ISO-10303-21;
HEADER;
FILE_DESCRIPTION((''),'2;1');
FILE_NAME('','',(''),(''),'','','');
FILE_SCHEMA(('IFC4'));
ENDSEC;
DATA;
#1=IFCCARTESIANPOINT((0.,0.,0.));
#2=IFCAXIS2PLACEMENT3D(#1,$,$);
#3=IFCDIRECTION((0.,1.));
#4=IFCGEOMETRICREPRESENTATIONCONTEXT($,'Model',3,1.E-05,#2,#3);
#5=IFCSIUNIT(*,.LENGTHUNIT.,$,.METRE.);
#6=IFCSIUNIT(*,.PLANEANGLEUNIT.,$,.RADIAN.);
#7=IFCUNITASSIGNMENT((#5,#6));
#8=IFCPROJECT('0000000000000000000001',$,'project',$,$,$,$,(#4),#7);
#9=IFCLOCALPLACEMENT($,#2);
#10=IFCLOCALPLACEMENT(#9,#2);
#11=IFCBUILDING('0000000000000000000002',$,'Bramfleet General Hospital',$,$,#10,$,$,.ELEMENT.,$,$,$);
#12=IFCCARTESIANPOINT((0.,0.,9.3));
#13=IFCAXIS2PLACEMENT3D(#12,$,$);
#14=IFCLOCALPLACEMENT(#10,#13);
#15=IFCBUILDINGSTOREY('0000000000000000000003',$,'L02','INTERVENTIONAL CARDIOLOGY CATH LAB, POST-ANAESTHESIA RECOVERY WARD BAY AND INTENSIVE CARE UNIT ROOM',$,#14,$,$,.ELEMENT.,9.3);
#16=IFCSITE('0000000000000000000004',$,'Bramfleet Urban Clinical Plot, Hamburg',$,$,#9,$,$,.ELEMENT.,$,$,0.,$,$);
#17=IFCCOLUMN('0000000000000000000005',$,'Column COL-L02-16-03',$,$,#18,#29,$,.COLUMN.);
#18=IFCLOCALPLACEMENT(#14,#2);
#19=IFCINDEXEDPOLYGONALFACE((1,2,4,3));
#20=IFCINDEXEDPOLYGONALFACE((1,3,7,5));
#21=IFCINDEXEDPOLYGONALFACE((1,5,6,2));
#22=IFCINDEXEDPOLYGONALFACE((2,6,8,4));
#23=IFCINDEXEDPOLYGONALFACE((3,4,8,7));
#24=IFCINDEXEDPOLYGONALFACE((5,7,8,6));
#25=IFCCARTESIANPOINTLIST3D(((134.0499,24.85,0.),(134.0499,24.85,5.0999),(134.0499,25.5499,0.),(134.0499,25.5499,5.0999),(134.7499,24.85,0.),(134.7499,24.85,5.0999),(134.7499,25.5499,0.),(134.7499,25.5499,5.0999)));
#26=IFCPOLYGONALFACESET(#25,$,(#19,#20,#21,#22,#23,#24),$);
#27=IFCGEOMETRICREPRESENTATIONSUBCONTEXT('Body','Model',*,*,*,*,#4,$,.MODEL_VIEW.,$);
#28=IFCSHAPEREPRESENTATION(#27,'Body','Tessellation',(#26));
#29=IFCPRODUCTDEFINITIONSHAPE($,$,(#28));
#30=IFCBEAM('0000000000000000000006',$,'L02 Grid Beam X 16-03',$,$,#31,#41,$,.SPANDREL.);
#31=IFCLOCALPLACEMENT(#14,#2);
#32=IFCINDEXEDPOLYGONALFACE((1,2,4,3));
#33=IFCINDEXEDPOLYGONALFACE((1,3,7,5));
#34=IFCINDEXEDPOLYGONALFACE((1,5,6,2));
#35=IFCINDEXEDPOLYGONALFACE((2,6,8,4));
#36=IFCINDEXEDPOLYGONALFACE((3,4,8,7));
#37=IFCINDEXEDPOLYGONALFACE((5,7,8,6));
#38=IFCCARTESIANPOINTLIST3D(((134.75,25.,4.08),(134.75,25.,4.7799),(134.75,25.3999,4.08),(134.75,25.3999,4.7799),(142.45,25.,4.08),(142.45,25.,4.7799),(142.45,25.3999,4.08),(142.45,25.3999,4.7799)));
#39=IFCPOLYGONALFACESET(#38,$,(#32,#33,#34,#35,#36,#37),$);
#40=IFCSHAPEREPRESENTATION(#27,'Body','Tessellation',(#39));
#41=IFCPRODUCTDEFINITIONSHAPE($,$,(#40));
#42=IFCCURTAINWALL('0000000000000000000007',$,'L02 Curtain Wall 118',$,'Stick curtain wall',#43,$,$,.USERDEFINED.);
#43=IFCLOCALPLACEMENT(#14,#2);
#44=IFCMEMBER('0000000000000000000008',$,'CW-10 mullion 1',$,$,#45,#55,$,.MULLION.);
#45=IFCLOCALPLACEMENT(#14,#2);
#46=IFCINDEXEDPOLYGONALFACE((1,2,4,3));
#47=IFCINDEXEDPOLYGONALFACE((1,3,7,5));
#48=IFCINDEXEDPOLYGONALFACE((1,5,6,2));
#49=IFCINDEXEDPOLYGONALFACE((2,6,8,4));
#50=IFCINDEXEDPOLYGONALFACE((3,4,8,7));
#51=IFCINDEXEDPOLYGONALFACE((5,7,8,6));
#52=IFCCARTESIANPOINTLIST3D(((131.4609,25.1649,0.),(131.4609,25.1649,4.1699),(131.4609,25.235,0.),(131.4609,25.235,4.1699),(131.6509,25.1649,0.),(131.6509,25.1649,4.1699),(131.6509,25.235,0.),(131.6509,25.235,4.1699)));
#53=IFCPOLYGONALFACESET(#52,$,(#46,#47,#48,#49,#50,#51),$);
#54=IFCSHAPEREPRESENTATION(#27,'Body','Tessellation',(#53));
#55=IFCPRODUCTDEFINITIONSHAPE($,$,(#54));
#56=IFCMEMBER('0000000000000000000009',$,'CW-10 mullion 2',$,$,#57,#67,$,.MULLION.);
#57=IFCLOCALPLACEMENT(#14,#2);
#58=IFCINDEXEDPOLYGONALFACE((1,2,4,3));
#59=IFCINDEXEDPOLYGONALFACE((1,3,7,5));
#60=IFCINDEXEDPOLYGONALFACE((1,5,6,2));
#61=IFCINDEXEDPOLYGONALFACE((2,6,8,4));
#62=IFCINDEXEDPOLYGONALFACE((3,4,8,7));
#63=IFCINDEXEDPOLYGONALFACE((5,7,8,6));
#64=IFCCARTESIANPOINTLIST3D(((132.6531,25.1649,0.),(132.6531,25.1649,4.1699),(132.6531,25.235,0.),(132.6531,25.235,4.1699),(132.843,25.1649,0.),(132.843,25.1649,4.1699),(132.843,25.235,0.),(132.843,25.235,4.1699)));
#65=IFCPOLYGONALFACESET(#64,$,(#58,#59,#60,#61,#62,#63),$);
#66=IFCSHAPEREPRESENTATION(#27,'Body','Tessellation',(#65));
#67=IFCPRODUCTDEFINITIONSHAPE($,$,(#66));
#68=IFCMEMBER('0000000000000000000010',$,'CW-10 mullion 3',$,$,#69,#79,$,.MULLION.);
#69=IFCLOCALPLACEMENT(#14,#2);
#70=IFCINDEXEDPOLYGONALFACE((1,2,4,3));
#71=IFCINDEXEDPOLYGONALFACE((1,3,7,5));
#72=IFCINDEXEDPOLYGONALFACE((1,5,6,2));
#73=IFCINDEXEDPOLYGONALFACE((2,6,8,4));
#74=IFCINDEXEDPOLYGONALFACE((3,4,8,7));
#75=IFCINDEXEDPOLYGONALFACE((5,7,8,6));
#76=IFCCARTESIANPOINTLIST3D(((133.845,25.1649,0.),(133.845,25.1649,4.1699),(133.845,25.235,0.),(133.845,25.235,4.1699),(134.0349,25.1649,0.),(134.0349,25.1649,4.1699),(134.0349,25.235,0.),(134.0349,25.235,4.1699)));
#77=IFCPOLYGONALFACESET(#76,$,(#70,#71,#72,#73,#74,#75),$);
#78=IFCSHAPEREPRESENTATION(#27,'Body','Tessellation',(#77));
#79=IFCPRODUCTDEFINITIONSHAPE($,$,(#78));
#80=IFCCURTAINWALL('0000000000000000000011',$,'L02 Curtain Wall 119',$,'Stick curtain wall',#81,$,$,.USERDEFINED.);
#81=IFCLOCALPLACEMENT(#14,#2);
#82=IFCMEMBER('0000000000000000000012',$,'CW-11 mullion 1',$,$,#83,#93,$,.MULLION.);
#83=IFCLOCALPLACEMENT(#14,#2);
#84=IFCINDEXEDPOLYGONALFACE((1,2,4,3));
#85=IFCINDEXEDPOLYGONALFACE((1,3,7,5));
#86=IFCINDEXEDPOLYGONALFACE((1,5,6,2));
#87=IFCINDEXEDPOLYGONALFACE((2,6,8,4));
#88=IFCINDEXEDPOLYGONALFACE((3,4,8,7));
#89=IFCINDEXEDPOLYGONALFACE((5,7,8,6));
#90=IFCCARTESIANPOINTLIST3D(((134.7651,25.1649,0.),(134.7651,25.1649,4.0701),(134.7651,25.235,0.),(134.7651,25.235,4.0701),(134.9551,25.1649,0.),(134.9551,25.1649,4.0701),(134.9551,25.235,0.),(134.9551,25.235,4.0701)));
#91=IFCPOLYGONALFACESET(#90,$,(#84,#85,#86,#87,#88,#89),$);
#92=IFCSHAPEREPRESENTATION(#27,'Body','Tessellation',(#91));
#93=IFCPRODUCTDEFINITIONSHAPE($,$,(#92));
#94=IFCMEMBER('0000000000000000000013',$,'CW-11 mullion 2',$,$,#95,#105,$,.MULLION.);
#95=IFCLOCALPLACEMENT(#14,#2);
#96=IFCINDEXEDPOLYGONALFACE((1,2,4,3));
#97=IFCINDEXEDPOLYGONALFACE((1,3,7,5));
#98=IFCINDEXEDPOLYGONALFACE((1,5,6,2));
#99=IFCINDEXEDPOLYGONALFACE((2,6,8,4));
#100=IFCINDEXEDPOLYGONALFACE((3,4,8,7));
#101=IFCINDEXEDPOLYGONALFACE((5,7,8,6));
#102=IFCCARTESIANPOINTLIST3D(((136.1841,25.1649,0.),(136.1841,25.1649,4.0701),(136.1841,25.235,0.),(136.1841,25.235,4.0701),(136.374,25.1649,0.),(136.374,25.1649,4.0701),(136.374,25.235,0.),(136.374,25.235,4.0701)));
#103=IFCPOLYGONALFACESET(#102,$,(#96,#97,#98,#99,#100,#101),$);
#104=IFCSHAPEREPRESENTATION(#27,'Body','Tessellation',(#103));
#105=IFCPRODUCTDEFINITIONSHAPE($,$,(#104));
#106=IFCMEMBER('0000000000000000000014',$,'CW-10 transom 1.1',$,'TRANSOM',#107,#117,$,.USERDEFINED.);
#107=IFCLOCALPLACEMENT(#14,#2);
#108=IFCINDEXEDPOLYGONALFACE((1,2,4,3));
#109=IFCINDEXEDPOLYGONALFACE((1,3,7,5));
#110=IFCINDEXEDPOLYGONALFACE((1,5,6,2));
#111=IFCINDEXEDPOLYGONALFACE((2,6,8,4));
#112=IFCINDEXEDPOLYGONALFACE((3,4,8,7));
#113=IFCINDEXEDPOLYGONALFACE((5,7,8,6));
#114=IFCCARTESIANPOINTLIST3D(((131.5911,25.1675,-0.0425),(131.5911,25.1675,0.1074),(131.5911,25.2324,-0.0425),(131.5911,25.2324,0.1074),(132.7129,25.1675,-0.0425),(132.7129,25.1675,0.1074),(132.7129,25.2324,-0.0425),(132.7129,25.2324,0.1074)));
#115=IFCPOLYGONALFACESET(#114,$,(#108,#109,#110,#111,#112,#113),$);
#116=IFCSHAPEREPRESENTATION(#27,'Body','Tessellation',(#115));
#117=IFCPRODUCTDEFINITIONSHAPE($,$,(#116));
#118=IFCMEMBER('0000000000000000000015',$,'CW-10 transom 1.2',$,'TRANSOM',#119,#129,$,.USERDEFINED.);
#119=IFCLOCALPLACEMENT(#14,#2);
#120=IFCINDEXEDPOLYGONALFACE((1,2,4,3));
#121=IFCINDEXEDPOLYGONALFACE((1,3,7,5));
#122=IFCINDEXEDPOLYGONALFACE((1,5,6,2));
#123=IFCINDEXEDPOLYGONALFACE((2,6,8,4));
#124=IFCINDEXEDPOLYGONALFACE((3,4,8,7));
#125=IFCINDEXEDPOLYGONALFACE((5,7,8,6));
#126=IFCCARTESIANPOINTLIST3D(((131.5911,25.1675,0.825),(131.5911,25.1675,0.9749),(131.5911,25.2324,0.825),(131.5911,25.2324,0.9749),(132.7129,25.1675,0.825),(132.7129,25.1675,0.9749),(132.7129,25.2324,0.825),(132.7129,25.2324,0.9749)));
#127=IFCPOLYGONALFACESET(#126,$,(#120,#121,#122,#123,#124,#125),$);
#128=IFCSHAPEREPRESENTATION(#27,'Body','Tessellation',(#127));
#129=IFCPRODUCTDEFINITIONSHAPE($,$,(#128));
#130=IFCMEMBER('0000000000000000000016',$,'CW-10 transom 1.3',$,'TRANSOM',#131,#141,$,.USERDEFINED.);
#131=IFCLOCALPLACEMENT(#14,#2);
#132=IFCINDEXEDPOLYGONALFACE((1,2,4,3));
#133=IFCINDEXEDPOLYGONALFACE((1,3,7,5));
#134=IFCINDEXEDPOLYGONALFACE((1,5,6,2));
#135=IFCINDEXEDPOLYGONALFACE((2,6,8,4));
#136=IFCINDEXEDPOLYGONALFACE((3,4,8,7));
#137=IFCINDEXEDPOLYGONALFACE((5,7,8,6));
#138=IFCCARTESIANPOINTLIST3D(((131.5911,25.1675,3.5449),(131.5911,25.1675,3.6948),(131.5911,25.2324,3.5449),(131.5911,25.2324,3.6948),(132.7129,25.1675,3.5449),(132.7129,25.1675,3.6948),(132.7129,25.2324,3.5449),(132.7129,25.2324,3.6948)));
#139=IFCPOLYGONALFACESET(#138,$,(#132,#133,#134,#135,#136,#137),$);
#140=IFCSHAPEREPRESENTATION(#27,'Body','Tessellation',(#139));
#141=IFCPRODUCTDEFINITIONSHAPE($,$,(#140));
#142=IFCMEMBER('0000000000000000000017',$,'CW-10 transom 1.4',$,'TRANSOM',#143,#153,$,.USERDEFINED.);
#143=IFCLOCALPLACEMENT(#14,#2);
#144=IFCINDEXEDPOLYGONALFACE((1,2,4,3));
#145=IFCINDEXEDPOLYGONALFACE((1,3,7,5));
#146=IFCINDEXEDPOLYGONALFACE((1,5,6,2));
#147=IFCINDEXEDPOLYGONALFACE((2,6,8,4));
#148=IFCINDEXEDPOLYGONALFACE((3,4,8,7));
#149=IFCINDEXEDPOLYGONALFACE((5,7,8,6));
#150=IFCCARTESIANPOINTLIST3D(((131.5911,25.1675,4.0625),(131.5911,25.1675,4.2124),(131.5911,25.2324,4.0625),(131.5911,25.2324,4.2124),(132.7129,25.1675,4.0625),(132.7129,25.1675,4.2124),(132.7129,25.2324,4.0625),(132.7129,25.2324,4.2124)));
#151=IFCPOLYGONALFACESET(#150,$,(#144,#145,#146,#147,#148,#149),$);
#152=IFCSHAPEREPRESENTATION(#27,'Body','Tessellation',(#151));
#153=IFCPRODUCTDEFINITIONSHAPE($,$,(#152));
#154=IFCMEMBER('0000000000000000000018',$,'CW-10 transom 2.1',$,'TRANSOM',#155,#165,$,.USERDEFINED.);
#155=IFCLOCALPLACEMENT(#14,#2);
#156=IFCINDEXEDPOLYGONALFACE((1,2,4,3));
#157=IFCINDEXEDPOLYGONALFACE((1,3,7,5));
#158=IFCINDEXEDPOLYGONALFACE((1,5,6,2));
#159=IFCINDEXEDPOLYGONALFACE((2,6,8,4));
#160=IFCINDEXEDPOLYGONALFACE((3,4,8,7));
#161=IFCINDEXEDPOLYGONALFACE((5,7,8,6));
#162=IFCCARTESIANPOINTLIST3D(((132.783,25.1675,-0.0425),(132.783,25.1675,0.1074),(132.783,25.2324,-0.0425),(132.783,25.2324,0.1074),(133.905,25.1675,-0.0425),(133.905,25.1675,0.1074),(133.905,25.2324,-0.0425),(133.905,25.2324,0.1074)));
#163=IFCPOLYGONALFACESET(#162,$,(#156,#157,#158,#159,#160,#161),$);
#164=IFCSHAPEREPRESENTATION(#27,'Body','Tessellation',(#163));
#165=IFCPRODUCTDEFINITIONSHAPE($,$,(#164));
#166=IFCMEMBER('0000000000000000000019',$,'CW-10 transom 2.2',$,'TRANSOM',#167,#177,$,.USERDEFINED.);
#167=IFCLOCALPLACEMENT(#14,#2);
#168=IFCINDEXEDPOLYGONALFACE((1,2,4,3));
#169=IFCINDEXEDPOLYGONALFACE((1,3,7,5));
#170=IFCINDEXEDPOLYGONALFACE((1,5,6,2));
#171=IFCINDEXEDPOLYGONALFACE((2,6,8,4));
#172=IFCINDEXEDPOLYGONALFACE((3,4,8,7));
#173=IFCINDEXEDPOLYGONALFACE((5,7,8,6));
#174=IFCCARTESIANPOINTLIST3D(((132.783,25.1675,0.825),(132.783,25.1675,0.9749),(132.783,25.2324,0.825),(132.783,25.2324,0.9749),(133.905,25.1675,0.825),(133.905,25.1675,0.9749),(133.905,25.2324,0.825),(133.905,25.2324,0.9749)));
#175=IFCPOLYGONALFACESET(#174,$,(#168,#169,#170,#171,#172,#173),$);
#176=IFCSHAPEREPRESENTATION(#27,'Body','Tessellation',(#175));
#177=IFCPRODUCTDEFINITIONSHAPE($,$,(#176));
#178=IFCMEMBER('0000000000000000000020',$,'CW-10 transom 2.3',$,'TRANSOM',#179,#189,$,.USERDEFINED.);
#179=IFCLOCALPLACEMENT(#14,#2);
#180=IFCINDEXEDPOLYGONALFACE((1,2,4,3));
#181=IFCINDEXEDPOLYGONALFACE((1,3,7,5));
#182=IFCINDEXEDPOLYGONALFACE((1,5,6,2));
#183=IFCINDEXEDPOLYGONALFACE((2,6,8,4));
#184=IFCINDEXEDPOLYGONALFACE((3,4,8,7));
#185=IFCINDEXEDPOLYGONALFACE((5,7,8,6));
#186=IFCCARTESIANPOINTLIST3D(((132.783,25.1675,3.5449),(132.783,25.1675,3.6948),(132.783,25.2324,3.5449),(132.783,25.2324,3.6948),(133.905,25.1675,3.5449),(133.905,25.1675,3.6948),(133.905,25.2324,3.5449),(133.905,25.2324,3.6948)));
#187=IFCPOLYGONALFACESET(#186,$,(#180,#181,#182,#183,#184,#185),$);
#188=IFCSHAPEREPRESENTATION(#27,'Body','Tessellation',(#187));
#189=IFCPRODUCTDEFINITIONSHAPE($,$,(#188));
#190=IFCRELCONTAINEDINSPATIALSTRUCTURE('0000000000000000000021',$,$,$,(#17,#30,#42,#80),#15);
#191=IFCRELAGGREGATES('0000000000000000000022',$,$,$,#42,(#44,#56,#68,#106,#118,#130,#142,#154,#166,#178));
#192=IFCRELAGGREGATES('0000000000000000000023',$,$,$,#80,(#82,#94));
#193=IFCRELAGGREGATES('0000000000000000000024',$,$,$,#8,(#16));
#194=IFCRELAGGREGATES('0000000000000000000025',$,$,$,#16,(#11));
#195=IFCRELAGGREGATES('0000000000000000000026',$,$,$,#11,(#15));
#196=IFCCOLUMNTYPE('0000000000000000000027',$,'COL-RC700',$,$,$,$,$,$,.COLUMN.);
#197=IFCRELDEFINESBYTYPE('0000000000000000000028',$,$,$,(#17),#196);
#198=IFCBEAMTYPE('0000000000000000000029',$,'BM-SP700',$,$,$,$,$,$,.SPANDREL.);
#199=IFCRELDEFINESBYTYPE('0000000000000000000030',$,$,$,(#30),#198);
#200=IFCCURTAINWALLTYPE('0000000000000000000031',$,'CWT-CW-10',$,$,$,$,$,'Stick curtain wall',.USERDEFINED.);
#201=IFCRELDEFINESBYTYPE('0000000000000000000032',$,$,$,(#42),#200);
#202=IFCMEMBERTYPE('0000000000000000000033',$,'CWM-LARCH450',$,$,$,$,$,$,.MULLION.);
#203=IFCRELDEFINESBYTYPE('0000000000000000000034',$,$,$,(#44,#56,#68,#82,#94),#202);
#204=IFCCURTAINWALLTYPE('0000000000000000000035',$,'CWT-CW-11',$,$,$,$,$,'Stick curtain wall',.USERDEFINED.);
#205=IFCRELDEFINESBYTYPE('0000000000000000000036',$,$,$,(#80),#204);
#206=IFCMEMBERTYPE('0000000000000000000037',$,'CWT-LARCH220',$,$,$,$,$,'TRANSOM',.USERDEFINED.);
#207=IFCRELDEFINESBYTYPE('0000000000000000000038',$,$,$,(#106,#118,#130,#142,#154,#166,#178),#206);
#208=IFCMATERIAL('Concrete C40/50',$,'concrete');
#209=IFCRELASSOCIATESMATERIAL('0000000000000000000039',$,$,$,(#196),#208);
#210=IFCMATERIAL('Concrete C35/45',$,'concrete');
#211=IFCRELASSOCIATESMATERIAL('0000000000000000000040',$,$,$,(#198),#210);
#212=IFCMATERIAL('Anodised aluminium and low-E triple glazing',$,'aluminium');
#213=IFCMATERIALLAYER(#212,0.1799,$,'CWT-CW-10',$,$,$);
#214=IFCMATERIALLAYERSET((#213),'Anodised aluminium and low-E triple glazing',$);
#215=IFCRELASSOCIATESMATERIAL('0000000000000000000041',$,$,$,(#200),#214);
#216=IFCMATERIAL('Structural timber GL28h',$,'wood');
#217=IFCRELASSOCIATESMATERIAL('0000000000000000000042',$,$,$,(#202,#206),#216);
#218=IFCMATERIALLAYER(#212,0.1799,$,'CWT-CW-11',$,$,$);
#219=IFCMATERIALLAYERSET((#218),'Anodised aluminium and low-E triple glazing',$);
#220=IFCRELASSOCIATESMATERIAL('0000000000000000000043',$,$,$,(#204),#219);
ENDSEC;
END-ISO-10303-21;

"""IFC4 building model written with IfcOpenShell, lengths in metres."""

from ifc_helpers import new_model, si_unit, direction, frame, origin, origin_2d, place, context, subcontext, project, spatial, rectangle, extrude, material, layer, layer_set, material_profile, profile_set, type_object, element, aggregate, save


model = new_model("IFC4")

# Units and contexts
model_context = context("Model", 3, precision=1e-05, world=origin(), true_north=direction((0.0, 1.0)))
body_context = subcontext(model_context, "Body", "Model", "MODEL_VIEW")
ifc_project = project(units=[si_unit("LENGTHUNIT", "METRE"), si_unit("PLANEANGLEUNIT", "RADIAN")], contexts=[model_context])

# Site, building, storey
site_placement = place(None, origin())
site = spatial("IfcSite", under=ifc_project, at=site_placement, Name="Bramfleet Urban Clinical Plot, Hamburg", CompositionType="ELEMENT", RefElevation=0.0)
building_placement = place(site_placement, origin())
building = spatial("IfcBuilding", under=site, at=building_placement, Name="Bramfleet General Hospital", CompositionType="ELEMENT")
storey_placement = place(building_placement, frame((0.0, 0.0, 9.3)))
storey = spatial("IfcBuildingStorey", under=building, at=storey_placement, Name="L02", Description="INTERVENTIONAL CARDIOLOGY CATH LAB, POST-ANAESTHESIA RECOVERY WARD BAY AND INTENSIVE CARE UNIT ROOM", CompositionType="ELEMENT", Elevation=9.3)

# Column
ifc_material_1 = material(Name="Concrete C40/50", Category="concrete")
ifc_material_profile_1 = material_profile(ifc_material_1, rectangle(XDim=0.7, YDim=0.7, at=origin_2d()), Name="RC COL 700x700")
ifc_profile_set_1 = profile_set([ifc_material_profile_1], Name="Concrete C40/50")
column_type = type_object("IfcColumnType", Name="COL-RC700", PredefinedType="COLUMN", material=ifc_profile_set_1)
column_placement = place(storey_placement, frame((134.3999, 25.2, 0.0), z_axis=(0.0, 0.0, 1.0), x_axis=(1.0, 0.0, 0.0)))
element("IfcColumn", 1, at=column_placement, inside=storey, type_object=column_type, Name="Column COL-L02-16-03", PredefinedType="COLUMN", context=body_context, shape_type="SweptSolid", body=[
    extrude(rectangle(XDim=0.7, YDim=0.7, at=origin_2d()), origin(), (0.0, 0.0, 1.0), 5.0999),
])

# Beam
ifc_material_2 = material(Name="Concrete C35/45", Category="concrete")
ifc_material_profile_2 = material_profile(ifc_material_2, rectangle(XDim=0.3999, YDim=0.7, at=origin_2d()), Name="RC SP 700x400")
ifc_profile_set_2 = profile_set([ifc_material_profile_2], Name="Concrete C35/45")
beam_type = type_object("IfcBeamType", Name="BM-SP700", PredefinedType="SPANDREL", material=ifc_profile_set_2)
beam_placement = place(storey_placement, frame((134.75, 25.2, 4.4299), z_axis=(1.0, 0.0, 0.0), x_axis=(0.0, 1.0, 0.0)))
element("IfcBeam", 2, at=beam_placement, inside=storey, type_object=beam_type, Name="L02 Grid Beam X 16-03", PredefinedType="SPANDREL", context=body_context, shape_type="SweptSolid", body=[
    extrude(rectangle(XDim=0.3999, YDim=0.7, at=origin_2d()), origin(), (0.0, 0.0, 1.0), 7.7),
])

# Curtain walls, members
ifc_material_3 = material(Name="Anodised aluminium and low-E triple glazing", Category="aluminium")
ifc_layer_1 = layer(ifc_material_3, 0.1799, Name="CWT-CW-10")
ifc_layer_set_1 = layer_set([ifc_layer_1], Name="Anodised aluminium and low-E triple glazing")
curtain_wall_type_1 = type_object("IfcCurtainWallType", Name="CWT-CW-10", ElementType="Stick curtain wall", PredefinedType="USERDEFINED", material=ifc_layer_set_1)
curtain_wall_1_placement = place(storey_placement, origin())
curtain_wall_1 = element("IfcCurtainWall", 3, at=curtain_wall_1_placement, inside=storey, type_object=curtain_wall_type_1, Name="L02 Curtain Wall 118", ObjectType="Stick curtain wall", PredefinedType="USERDEFINED")
ifc_material_4 = material(Name="Structural timber GL28h", Category="wood")
ifc_material_profile_3 = material_profile(ifc_material_4, rectangle(XDim=0.0701, YDim=0.1899, at=origin_2d()), Name="LARCH 190x70")
ifc_profile_set_3 = profile_set([ifc_material_profile_3], Name="Structural timber GL28h")
member_type_1 = type_object("IfcMemberType", Name="CWM-LARCH450", PredefinedType="MULLION", material=ifc_profile_set_3)
member_1_placement = place(storey_placement, frame((131.5559, 25.2, 0.0), z_axis=(0.0, 0.0, 1.0), x_axis=(0.0, 1.0, 0.0)))
member_1 = element("IfcMember", 4, at=member_1_placement, type_object=member_type_1, Name="CW-10 mullion 1", PredefinedType="MULLION", context=body_context, shape_type="SweptSolid", body=[
    extrude(rectangle(XDim=0.0701, YDim=0.1899, at=origin_2d()), origin(), (0.0, 0.0, 1.0), 4.1699),
])
member_2_placement = place(storey_placement, frame((132.748, 25.2, 0.0), z_axis=(0.0, 0.0, 1.0), x_axis=(0.0, 1.0, 0.0)))
member_2 = element("IfcMember", 5, at=member_2_placement, type_object=member_type_1, Name="CW-10 mullion 2", PredefinedType="MULLION", context=body_context, shape_type="SweptSolid", body=[
    extrude(rectangle(XDim=0.0701, YDim=0.1899, at=origin_2d()), origin(), (0.0, 0.0, 1.0), 4.1699),
])
member_3_placement = place(storey_placement, frame((133.9399, 25.2, 0.0), z_axis=(0.0, 0.0, 1.0), x_axis=(0.0, 1.0, 0.0)))
member_3 = element("IfcMember", 6, at=member_3_placement, type_object=member_type_1, Name="CW-10 mullion 3", PredefinedType="MULLION", context=body_context, shape_type="SweptSolid", body=[
    extrude(rectangle(XDim=0.0701, YDim=0.1899, at=origin_2d()), origin(), (0.0, 0.0, 1.0), 4.1699),
])
ifc_layer_2 = layer(ifc_material_3, 0.1799, Name="CWT-CW-11")
ifc_layer_set_2 = layer_set([ifc_layer_2], Name="Anodised aluminium and low-E triple glazing")
curtain_wall_type_2 = type_object("IfcCurtainWallType", Name="CWT-CW-11", ElementType="Stick curtain wall", PredefinedType="USERDEFINED", material=ifc_layer_set_2)
curtain_wall_2_placement = place(storey_placement, origin())
curtain_wall_2 = element("IfcCurtainWall", 7, at=curtain_wall_2_placement, inside=storey, type_object=curtain_wall_type_2, Name="L02 Curtain Wall 119", ObjectType="Stick curtain wall", PredefinedType="USERDEFINED")
member_4_placement = place(storey_placement, frame((134.8601, 25.2, 0.0), z_axis=(0.0, 0.0, 1.0), x_axis=(0.0, 1.0, 0.0)))
member_4 = element("IfcMember", 8, at=member_4_placement, type_object=member_type_1, Name="CW-11 mullion 1", PredefinedType="MULLION", context=body_context, shape_type="SweptSolid", body=[
    extrude(rectangle(XDim=0.0701, YDim=0.1899, at=origin_2d()), origin(), (0.0, 0.0, 1.0), 4.0701),
])
member_5_placement = place(storey_placement, frame((136.2791, 25.2, 0.0), z_axis=(0.0, 0.0, 1.0), x_axis=(0.0, 1.0, 0.0)))
member_5 = element("IfcMember", 9, at=member_5_placement, type_object=member_type_1, Name="CW-11 mullion 2", PredefinedType="MULLION", context=body_context, shape_type="SweptSolid", body=[
    extrude(rectangle(XDim=0.0701, YDim=0.1899, at=origin_2d()), origin(), (0.0, 0.0, 1.0), 4.0701),
])

# Members
ifc_material_profile_4 = material_profile(ifc_material_4, rectangle(XDim=0.0649, YDim=0.1499, at=origin_2d()), Name="LARCH 150x65")
ifc_profile_set_4 = profile_set([ifc_material_profile_4], Name="Structural timber GL28h")
member_type_2 = type_object("IfcMemberType", Name="CWT-LARCH220", ElementType="TRANSOM", PredefinedType="USERDEFINED", material=ifc_profile_set_4)
member_6_placement = place(storey_placement, frame((131.5911, 25.2, 0.0325), z_axis=(1.0, 0.0, 0.0), x_axis=(0.0, 1.0, 0.0)))
member_6 = element("IfcMember", 10, at=member_6_placement, type_object=member_type_2, Name="CW-10 transom 1.1", ObjectType="TRANSOM", PredefinedType="USERDEFINED", context=body_context, shape_type="SweptSolid", body=[
    extrude(rectangle(XDim=0.0649, YDim=0.1499, at=origin_2d()), origin(), (0.0, 0.0, 1.0), 1.1218),
])
member_7_placement = place(storey_placement, frame((131.5911, 25.2, 0.8999), z_axis=(1.0, 0.0, 0.0), x_axis=(0.0, 1.0, 0.0)))
member_7 = element("IfcMember", 11, at=member_7_placement, type_object=member_type_2, Name="CW-10 transom 1.2", ObjectType="TRANSOM", PredefinedType="USERDEFINED", context=body_context, shape_type="SweptSolid", body=[
    extrude(rectangle(XDim=0.0649, YDim=0.1499, at=origin_2d()), origin(), (0.0, 0.0, 1.0), 1.1218),
])
member_8_placement = place(storey_placement, frame((131.5911, 25.2, 3.6199), z_axis=(1.0, 0.0, 0.0), x_axis=(0.0, 1.0, 0.0)))
member_8 = element("IfcMember", 12, at=member_8_placement, type_object=member_type_2, Name="CW-10 transom 1.3", ObjectType="TRANSOM", PredefinedType="USERDEFINED", context=body_context, shape_type="SweptSolid", body=[
    extrude(rectangle(XDim=0.0649, YDim=0.1499, at=origin_2d()), origin(), (0.0, 0.0, 1.0), 1.1218),
])
member_9_placement = place(storey_placement, frame((131.5911, 25.2, 4.1375), z_axis=(1.0, 0.0, 0.0), x_axis=(0.0, 1.0, 0.0)))
member_9 = element("IfcMember", 13, at=member_9_placement, type_object=member_type_2, Name="CW-10 transom 1.4", ObjectType="TRANSOM", PredefinedType="USERDEFINED", context=body_context, shape_type="SweptSolid", body=[
    extrude(rectangle(XDim=0.0649, YDim=0.1499, at=origin_2d()), origin(), (0.0, 0.0, 1.0), 1.1218),
])
member_10_placement = place(storey_placement, frame((132.783, 25.2, 0.0325), z_axis=(1.0, 0.0, 0.0), x_axis=(0.0, 1.0, 0.0)))
member_10 = element("IfcMember", 14, at=member_10_placement, type_object=member_type_2, Name="CW-10 transom 2.1", ObjectType="TRANSOM", PredefinedType="USERDEFINED", context=body_context, shape_type="SweptSolid", body=[
    extrude(rectangle(XDim=0.0649, YDim=0.1499, at=origin_2d()), origin(), (0.0, 0.0, 1.0), 1.1221),
])
member_11_placement = place(storey_placement, frame((132.783, 25.2, 0.8999), z_axis=(1.0, 0.0, 0.0), x_axis=(0.0, 1.0, 0.0)))
member_11 = element("IfcMember", 15, at=member_11_placement, type_object=member_type_2, Name="CW-10 transom 2.2", ObjectType="TRANSOM", PredefinedType="USERDEFINED", context=body_context, shape_type="SweptSolid", body=[
    extrude(rectangle(XDim=0.0649, YDim=0.1499, at=origin_2d()), origin(), (0.0, 0.0, 1.0), 1.1221),
])
member_12_placement = place(storey_placement, frame((132.783, 25.2, 3.6199), z_axis=(1.0, 0.0, 0.0), x_axis=(0.0, 1.0, 0.0)))
member_12 = element("IfcMember", 16, at=member_12_placement, type_object=member_type_2, Name="CW-10 transom 2.3", ObjectType="TRANSOM", PredefinedType="USERDEFINED", context=body_context, shape_type="SweptSolid", body=[
    extrude(rectangle(XDim=0.0649, YDim=0.1499, at=origin_2d()), origin(), (0.0, 0.0, 1.0), 1.1221),
])

aggregate(curtain_wall_1, [member_1, member_2, member_3, member_6, member_7, member_8, member_9, member_10, member_11, member_12])
aggregate(curtain_wall_2, [member_4, member_5])

save(model, "model.ifc")
